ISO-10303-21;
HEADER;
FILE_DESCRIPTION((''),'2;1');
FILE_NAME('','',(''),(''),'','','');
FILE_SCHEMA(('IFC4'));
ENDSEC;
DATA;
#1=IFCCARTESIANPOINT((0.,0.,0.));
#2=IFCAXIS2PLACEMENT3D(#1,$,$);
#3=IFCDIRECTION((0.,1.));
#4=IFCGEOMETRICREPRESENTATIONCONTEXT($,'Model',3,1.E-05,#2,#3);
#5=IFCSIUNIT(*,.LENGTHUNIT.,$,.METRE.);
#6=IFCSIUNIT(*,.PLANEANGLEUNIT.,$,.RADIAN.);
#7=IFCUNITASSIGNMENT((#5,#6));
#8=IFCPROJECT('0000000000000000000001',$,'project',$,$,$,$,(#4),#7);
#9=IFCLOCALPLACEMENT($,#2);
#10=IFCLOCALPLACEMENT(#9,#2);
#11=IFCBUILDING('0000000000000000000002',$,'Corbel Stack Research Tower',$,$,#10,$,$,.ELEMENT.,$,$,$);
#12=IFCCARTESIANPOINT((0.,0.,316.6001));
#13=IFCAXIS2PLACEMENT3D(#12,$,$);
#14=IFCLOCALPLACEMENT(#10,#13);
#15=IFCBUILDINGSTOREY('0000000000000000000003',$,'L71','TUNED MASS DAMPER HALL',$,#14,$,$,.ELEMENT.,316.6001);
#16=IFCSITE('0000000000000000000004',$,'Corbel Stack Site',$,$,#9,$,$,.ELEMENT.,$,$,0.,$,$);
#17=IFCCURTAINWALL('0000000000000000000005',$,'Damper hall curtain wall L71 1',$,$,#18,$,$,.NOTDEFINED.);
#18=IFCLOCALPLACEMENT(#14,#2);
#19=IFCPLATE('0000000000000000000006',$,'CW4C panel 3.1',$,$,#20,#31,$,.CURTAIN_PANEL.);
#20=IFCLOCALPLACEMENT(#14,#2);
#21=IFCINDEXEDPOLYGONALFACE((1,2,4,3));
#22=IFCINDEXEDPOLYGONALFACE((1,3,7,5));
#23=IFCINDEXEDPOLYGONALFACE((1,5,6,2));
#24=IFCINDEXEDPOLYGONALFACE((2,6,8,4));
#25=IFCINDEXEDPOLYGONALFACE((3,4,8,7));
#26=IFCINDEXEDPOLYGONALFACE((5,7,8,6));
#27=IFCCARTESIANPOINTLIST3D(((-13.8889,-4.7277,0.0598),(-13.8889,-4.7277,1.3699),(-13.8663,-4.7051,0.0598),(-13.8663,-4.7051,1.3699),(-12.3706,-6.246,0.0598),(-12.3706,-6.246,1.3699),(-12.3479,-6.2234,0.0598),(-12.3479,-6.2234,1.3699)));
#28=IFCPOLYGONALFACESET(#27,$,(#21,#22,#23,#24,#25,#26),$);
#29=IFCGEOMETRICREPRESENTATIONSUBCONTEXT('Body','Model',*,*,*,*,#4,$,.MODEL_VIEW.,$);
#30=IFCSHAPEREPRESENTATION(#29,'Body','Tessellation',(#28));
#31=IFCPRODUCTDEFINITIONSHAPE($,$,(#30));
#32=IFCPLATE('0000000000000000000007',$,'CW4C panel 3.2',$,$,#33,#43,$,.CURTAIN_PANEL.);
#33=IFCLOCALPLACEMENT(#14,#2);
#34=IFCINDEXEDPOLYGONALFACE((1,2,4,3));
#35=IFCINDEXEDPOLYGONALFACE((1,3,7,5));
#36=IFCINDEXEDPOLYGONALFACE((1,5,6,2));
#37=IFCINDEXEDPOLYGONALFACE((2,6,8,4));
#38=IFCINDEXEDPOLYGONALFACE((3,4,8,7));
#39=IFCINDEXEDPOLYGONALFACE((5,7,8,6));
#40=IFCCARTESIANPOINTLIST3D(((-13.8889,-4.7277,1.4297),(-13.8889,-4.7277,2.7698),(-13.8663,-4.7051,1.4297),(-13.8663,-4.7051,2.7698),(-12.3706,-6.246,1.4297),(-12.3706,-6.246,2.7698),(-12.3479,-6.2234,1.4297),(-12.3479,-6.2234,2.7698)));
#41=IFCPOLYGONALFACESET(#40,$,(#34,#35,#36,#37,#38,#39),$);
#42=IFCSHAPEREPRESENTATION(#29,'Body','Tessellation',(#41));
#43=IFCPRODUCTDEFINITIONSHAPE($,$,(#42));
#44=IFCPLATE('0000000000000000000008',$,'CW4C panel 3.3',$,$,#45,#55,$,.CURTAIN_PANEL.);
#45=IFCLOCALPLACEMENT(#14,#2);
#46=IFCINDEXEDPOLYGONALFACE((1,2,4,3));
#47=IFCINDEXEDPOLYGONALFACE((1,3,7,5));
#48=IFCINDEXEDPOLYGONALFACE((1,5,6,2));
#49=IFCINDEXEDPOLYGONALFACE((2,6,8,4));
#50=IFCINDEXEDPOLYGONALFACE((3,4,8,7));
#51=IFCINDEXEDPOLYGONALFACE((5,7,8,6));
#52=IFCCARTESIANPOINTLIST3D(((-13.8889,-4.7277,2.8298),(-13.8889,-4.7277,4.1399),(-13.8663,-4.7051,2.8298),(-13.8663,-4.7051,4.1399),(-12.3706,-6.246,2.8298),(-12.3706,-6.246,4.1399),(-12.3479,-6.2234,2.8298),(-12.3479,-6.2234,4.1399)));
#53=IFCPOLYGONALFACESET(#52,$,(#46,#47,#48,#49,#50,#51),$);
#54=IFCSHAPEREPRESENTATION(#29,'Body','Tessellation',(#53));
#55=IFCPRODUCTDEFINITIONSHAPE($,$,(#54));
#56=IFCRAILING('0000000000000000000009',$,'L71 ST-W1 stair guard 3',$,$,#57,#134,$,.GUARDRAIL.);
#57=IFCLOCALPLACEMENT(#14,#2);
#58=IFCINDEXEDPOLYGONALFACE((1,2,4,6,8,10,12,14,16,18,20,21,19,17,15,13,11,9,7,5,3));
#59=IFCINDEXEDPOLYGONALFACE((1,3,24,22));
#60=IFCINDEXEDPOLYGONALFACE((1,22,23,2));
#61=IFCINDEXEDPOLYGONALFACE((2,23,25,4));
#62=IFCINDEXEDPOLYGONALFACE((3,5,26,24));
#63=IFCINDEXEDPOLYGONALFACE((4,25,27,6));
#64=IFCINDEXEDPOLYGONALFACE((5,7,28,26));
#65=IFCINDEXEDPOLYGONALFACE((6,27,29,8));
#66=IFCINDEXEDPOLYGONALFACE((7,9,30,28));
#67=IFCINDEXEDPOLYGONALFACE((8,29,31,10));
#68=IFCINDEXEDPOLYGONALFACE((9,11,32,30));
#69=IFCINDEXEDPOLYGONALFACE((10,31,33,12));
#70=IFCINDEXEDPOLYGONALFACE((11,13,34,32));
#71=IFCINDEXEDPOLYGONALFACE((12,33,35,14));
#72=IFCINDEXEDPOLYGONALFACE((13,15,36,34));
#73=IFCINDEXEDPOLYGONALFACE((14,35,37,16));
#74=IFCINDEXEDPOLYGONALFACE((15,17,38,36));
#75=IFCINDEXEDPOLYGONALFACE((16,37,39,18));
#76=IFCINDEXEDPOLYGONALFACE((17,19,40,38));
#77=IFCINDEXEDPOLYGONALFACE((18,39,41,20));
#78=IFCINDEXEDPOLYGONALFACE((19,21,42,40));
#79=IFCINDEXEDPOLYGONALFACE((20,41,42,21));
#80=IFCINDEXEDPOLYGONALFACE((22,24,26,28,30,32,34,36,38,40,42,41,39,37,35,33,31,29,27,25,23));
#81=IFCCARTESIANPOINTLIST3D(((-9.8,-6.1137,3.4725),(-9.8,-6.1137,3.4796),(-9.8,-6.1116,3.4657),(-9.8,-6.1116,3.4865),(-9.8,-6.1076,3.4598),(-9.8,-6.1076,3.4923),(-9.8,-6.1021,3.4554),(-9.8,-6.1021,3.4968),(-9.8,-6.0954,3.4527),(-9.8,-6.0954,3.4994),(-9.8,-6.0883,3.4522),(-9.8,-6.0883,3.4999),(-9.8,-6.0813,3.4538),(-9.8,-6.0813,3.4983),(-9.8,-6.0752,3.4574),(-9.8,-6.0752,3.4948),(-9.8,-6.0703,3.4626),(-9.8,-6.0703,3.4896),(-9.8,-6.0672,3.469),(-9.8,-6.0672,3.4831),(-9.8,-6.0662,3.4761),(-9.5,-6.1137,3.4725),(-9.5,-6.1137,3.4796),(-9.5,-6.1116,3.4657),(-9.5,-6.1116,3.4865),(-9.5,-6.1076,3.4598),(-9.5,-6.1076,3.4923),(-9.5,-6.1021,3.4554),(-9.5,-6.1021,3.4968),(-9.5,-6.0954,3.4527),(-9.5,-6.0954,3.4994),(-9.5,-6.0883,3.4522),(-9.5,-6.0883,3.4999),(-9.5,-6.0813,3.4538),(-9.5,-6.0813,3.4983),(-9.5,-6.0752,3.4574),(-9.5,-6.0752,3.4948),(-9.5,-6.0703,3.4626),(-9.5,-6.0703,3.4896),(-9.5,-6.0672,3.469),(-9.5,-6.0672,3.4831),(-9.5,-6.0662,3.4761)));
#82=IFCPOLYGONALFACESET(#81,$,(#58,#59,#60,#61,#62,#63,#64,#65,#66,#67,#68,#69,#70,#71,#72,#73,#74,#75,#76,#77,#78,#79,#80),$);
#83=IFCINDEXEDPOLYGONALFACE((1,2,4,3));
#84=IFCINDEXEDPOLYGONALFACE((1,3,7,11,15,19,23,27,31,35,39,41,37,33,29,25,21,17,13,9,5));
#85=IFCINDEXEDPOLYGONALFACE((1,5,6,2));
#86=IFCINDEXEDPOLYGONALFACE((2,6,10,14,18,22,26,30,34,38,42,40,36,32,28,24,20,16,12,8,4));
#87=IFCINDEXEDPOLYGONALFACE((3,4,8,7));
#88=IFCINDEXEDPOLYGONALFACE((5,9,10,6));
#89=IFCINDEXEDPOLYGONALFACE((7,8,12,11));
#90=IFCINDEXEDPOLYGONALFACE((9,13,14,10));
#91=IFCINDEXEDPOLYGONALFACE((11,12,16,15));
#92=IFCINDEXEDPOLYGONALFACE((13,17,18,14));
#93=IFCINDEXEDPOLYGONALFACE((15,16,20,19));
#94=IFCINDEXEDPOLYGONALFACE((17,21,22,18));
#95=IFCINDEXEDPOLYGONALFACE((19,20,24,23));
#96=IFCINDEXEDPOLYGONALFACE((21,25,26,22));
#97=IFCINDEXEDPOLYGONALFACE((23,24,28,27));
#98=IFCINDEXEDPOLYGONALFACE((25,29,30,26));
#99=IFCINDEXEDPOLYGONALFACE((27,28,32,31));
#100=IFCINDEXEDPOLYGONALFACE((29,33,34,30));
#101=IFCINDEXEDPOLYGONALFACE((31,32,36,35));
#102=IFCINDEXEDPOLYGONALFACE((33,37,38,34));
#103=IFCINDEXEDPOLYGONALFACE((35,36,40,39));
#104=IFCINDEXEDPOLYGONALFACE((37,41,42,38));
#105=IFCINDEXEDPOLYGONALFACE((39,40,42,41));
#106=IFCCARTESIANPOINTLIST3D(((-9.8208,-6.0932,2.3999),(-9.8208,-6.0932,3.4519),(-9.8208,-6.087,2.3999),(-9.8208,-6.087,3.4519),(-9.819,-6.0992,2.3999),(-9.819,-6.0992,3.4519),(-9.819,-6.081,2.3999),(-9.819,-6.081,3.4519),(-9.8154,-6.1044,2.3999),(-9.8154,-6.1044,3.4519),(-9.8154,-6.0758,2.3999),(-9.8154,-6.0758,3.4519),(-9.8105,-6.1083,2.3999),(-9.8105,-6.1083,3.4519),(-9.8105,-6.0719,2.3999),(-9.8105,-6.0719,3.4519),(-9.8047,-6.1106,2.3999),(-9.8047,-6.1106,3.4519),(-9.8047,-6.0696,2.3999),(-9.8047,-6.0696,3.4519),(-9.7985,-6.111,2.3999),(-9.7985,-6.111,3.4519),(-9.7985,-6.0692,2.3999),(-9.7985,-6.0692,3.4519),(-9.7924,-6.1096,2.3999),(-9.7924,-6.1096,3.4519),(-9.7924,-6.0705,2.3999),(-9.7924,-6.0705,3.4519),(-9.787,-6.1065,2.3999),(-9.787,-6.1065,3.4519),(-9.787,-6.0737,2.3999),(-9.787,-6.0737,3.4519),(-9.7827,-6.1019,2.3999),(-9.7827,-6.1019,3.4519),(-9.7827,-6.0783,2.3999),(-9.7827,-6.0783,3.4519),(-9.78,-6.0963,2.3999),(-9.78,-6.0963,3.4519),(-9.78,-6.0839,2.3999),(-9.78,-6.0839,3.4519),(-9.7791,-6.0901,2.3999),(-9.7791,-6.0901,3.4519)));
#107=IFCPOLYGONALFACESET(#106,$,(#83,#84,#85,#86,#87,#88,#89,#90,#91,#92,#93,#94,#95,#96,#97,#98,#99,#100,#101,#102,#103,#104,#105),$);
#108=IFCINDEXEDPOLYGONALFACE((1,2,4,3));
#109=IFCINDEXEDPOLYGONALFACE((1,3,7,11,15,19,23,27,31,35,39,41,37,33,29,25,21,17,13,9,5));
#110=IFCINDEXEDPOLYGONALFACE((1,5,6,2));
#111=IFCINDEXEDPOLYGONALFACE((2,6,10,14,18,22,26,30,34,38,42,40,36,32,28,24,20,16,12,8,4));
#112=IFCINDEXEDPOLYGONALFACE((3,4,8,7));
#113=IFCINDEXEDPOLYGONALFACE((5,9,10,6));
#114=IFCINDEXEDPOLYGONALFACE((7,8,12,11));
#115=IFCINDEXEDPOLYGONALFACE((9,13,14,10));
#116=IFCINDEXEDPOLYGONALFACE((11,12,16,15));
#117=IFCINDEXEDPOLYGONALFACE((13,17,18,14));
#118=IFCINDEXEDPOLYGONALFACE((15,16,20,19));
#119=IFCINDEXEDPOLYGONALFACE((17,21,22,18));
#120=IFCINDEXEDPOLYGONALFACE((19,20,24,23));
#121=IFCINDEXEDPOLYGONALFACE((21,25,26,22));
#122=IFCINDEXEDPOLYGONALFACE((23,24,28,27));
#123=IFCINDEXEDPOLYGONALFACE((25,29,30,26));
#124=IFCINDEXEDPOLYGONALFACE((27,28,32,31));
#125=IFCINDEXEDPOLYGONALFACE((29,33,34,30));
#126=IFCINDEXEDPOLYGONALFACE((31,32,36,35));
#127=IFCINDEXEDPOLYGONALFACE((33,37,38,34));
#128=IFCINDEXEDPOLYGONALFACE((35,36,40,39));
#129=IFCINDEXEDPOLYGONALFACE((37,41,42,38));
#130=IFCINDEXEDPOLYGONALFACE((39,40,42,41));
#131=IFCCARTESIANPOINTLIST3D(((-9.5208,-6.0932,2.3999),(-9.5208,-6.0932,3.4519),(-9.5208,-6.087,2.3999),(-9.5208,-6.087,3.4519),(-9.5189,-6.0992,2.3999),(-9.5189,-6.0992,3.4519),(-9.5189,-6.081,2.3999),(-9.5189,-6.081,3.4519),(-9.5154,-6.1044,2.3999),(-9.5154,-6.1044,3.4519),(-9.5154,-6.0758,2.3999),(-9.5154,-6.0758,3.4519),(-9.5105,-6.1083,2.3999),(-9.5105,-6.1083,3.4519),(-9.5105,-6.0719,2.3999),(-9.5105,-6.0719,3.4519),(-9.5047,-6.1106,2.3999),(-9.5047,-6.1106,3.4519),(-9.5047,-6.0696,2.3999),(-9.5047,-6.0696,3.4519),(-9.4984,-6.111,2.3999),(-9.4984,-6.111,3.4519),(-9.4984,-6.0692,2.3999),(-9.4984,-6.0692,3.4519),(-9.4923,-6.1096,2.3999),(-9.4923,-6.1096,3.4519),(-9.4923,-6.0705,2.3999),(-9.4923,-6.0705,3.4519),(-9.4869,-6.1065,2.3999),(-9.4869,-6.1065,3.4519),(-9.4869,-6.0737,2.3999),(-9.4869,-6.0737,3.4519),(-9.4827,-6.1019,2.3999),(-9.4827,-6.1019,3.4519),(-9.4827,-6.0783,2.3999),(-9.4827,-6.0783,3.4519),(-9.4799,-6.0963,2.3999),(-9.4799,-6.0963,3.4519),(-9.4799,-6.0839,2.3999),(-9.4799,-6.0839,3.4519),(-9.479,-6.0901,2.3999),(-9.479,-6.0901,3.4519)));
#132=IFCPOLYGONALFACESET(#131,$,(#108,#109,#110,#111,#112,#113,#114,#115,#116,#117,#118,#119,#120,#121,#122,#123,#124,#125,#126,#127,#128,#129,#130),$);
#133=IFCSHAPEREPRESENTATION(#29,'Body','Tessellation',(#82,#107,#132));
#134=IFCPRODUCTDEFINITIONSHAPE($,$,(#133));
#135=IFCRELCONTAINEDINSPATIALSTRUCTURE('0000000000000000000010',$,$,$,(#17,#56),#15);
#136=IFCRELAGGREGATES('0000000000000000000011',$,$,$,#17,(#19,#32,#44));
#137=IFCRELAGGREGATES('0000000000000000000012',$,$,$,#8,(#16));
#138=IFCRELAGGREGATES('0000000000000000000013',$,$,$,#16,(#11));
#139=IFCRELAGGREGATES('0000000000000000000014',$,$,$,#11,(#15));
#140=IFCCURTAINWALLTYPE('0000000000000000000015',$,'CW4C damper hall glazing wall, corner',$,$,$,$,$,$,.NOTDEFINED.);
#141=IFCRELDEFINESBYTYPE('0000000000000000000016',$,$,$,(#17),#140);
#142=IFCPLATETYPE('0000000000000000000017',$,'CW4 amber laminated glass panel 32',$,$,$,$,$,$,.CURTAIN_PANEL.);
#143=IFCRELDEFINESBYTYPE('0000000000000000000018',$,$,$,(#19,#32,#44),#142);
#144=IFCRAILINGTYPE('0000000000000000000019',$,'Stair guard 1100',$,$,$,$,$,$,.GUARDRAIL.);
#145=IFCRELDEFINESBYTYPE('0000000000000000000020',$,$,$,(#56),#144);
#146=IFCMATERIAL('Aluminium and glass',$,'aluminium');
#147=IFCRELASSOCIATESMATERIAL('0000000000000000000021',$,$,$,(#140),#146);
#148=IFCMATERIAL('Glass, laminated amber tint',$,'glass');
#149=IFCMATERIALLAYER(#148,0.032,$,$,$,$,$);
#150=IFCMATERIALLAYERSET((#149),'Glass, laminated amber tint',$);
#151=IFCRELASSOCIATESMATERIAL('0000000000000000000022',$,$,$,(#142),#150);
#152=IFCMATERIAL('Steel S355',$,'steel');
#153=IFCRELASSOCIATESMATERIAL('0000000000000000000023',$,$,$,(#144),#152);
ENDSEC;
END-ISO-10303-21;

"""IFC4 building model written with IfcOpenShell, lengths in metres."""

from ifc_helpers import new_model, si_unit, direction, frame, origin, origin_2d, place, context, subcontext, project, spatial, rectangle, circle, extrude, material, layer, layer_set, type_object, element, aggregate, save


model = new_model("IFC4")

# Units and contexts
model_context = context("Model", 3, precision=1e-05, world=origin(), true_north=direction((0.0, 1.0)))
body_context = subcontext(model_context, "Body", "Model", "MODEL_VIEW")
ifc_project = project(units=[si_unit("LENGTHUNIT", "METRE"), si_unit("PLANEANGLEUNIT", "RADIAN")], contexts=[model_context])

# Site, building, storey
site_placement = place(None, origin())
site = spatial("IfcSite", under=ifc_project, at=site_placement, Name="Corbel Stack Site", CompositionType="ELEMENT", RefElevation=0.0)
building_placement = place(site_placement, origin())
building = spatial("IfcBuilding", under=site, at=building_placement, Name="Corbel Stack Research Tower", CompositionType="ELEMENT")
storey_placement = place(building_placement, frame((0.0, 0.0, 316.6001)))
storey = spatial("IfcBuildingStorey", under=building, at=storey_placement, Name="L71", Description="TUNED MASS DAMPER HALL", CompositionType="ELEMENT", Elevation=316.6001)

# Curtain wall
ifc_material_1 = material(Name="Aluminium and glass", Category="aluminium")
curtain_wall_type = type_object("IfcCurtainWallType", Name="CW4C damper hall glazing wall, corner", PredefinedType="NOTDEFINED", material=ifc_material_1)
curtain_wall_1_placement = place(storey_placement, origin())
curtain_wall_1 = element("IfcCurtainWall", 1, at=curtain_wall_1_placement, inside=storey, type_object=curtain_wall_type, Name="Damper hall curtain wall L71 1", PredefinedType="NOTDEFINED")

# Plates
ifc_material_2 = material(Name="Glass, laminated amber tint", Category="glass")
ifc_layer = layer(ifc_material_2, 0.032)
ifc_layer_set = layer_set([ifc_layer], Name="Glass, laminated amber tint")
plate_type = type_object("IfcPlateType", Name="CW4 amber laminated glass panel 32", PredefinedType="CURTAIN_PANEL", material=ifc_layer_set)
plate_1_placement = place(storey_placement, frame((-13.1184, -5.4756, 0.0598), z_axis=(0.0, 0.0, 1.0), x_axis=(-0.707107, 0.707107, 0.0)))
plate_1 = element("IfcPlate", 2, at=plate_1_placement, type_object=plate_type, Name="CW4C panel 3.1", PredefinedType="CURTAIN_PANEL", context=body_context, shape_type="SweptSolid", body=[
    extrude(rectangle(XDim=2.1472, YDim=0.032, at=origin_2d()), origin(), (0.0, 0.0, 1.0), 1.3101),
])
plate_2_placement = place(storey_placement, frame((-13.1184, -5.4756, 1.4297), z_axis=(0.0, 0.0, 1.0), x_axis=(-0.707107, 0.707107, 0.0)))
plate_2 = element("IfcPlate", 3, at=plate_2_placement, type_object=plate_type, Name="CW4C panel 3.2", PredefinedType="CURTAIN_PANEL", context=body_context, shape_type="SweptSolid", body=[
    extrude(rectangle(XDim=2.1472, YDim=0.032, at=origin_2d()), origin(), (0.0, 0.0, 1.0), 1.3401),
])
plate_3_placement = place(storey_placement, frame((-13.1184, -5.4756, 2.8298), z_axis=(0.0, 0.0, 1.0), x_axis=(-0.707107, 0.707107, 0.0)))
plate_3 = element("IfcPlate", 4, at=plate_3_placement, type_object=plate_type, Name="CW4C panel 3.3", PredefinedType="CURTAIN_PANEL", context=body_context, shape_type="SweptSolid", body=[
    extrude(rectangle(XDim=2.1472, YDim=0.032, at=origin_2d()), origin(), (0.0, 0.0, 1.0), 1.3101),
])
aggregate(curtain_wall_1, [plate_1, plate_2, plate_3])

# Railing
ifc_material_3 = material(Name="Steel S355", Category="steel")
railing_type = type_object("IfcRailingType", Name="Stair guard 1100", PredefinedType="GUARDRAIL", material=ifc_material_3)
railing_placement = place(storey_placement, frame((-9.8, -6.0901, 2.3999)))
element("IfcRailing", 5, at=railing_placement, inside=storey, type_object=railing_type, Name="L71 ST-W1 stair guard 3", PredefinedType="GUARDRAIL", context=body_context, shape_type="SweptSolid", body=[
    extrude(circle(Radius=0.0239, at=origin_2d()), frame((0.0, 0.0, 1.0762), z_axis=(1.0, 0.0, 0.0), x_axis=(0.0, 1.0, 0.0)), (0.0, 0.0, 1.0), 0.3),
    extrude(circle(Radius=0.021, at=origin_2d()), origin(), (0.0, 0.0, 1.0), 1.052),
    extrude(circle(Radius=0.021, at=origin_2d()), frame((0.3, 0.0, 0.0)), (0.0, 0.0, 1.0), 1.052),
])

save(model, "model.ifc")
